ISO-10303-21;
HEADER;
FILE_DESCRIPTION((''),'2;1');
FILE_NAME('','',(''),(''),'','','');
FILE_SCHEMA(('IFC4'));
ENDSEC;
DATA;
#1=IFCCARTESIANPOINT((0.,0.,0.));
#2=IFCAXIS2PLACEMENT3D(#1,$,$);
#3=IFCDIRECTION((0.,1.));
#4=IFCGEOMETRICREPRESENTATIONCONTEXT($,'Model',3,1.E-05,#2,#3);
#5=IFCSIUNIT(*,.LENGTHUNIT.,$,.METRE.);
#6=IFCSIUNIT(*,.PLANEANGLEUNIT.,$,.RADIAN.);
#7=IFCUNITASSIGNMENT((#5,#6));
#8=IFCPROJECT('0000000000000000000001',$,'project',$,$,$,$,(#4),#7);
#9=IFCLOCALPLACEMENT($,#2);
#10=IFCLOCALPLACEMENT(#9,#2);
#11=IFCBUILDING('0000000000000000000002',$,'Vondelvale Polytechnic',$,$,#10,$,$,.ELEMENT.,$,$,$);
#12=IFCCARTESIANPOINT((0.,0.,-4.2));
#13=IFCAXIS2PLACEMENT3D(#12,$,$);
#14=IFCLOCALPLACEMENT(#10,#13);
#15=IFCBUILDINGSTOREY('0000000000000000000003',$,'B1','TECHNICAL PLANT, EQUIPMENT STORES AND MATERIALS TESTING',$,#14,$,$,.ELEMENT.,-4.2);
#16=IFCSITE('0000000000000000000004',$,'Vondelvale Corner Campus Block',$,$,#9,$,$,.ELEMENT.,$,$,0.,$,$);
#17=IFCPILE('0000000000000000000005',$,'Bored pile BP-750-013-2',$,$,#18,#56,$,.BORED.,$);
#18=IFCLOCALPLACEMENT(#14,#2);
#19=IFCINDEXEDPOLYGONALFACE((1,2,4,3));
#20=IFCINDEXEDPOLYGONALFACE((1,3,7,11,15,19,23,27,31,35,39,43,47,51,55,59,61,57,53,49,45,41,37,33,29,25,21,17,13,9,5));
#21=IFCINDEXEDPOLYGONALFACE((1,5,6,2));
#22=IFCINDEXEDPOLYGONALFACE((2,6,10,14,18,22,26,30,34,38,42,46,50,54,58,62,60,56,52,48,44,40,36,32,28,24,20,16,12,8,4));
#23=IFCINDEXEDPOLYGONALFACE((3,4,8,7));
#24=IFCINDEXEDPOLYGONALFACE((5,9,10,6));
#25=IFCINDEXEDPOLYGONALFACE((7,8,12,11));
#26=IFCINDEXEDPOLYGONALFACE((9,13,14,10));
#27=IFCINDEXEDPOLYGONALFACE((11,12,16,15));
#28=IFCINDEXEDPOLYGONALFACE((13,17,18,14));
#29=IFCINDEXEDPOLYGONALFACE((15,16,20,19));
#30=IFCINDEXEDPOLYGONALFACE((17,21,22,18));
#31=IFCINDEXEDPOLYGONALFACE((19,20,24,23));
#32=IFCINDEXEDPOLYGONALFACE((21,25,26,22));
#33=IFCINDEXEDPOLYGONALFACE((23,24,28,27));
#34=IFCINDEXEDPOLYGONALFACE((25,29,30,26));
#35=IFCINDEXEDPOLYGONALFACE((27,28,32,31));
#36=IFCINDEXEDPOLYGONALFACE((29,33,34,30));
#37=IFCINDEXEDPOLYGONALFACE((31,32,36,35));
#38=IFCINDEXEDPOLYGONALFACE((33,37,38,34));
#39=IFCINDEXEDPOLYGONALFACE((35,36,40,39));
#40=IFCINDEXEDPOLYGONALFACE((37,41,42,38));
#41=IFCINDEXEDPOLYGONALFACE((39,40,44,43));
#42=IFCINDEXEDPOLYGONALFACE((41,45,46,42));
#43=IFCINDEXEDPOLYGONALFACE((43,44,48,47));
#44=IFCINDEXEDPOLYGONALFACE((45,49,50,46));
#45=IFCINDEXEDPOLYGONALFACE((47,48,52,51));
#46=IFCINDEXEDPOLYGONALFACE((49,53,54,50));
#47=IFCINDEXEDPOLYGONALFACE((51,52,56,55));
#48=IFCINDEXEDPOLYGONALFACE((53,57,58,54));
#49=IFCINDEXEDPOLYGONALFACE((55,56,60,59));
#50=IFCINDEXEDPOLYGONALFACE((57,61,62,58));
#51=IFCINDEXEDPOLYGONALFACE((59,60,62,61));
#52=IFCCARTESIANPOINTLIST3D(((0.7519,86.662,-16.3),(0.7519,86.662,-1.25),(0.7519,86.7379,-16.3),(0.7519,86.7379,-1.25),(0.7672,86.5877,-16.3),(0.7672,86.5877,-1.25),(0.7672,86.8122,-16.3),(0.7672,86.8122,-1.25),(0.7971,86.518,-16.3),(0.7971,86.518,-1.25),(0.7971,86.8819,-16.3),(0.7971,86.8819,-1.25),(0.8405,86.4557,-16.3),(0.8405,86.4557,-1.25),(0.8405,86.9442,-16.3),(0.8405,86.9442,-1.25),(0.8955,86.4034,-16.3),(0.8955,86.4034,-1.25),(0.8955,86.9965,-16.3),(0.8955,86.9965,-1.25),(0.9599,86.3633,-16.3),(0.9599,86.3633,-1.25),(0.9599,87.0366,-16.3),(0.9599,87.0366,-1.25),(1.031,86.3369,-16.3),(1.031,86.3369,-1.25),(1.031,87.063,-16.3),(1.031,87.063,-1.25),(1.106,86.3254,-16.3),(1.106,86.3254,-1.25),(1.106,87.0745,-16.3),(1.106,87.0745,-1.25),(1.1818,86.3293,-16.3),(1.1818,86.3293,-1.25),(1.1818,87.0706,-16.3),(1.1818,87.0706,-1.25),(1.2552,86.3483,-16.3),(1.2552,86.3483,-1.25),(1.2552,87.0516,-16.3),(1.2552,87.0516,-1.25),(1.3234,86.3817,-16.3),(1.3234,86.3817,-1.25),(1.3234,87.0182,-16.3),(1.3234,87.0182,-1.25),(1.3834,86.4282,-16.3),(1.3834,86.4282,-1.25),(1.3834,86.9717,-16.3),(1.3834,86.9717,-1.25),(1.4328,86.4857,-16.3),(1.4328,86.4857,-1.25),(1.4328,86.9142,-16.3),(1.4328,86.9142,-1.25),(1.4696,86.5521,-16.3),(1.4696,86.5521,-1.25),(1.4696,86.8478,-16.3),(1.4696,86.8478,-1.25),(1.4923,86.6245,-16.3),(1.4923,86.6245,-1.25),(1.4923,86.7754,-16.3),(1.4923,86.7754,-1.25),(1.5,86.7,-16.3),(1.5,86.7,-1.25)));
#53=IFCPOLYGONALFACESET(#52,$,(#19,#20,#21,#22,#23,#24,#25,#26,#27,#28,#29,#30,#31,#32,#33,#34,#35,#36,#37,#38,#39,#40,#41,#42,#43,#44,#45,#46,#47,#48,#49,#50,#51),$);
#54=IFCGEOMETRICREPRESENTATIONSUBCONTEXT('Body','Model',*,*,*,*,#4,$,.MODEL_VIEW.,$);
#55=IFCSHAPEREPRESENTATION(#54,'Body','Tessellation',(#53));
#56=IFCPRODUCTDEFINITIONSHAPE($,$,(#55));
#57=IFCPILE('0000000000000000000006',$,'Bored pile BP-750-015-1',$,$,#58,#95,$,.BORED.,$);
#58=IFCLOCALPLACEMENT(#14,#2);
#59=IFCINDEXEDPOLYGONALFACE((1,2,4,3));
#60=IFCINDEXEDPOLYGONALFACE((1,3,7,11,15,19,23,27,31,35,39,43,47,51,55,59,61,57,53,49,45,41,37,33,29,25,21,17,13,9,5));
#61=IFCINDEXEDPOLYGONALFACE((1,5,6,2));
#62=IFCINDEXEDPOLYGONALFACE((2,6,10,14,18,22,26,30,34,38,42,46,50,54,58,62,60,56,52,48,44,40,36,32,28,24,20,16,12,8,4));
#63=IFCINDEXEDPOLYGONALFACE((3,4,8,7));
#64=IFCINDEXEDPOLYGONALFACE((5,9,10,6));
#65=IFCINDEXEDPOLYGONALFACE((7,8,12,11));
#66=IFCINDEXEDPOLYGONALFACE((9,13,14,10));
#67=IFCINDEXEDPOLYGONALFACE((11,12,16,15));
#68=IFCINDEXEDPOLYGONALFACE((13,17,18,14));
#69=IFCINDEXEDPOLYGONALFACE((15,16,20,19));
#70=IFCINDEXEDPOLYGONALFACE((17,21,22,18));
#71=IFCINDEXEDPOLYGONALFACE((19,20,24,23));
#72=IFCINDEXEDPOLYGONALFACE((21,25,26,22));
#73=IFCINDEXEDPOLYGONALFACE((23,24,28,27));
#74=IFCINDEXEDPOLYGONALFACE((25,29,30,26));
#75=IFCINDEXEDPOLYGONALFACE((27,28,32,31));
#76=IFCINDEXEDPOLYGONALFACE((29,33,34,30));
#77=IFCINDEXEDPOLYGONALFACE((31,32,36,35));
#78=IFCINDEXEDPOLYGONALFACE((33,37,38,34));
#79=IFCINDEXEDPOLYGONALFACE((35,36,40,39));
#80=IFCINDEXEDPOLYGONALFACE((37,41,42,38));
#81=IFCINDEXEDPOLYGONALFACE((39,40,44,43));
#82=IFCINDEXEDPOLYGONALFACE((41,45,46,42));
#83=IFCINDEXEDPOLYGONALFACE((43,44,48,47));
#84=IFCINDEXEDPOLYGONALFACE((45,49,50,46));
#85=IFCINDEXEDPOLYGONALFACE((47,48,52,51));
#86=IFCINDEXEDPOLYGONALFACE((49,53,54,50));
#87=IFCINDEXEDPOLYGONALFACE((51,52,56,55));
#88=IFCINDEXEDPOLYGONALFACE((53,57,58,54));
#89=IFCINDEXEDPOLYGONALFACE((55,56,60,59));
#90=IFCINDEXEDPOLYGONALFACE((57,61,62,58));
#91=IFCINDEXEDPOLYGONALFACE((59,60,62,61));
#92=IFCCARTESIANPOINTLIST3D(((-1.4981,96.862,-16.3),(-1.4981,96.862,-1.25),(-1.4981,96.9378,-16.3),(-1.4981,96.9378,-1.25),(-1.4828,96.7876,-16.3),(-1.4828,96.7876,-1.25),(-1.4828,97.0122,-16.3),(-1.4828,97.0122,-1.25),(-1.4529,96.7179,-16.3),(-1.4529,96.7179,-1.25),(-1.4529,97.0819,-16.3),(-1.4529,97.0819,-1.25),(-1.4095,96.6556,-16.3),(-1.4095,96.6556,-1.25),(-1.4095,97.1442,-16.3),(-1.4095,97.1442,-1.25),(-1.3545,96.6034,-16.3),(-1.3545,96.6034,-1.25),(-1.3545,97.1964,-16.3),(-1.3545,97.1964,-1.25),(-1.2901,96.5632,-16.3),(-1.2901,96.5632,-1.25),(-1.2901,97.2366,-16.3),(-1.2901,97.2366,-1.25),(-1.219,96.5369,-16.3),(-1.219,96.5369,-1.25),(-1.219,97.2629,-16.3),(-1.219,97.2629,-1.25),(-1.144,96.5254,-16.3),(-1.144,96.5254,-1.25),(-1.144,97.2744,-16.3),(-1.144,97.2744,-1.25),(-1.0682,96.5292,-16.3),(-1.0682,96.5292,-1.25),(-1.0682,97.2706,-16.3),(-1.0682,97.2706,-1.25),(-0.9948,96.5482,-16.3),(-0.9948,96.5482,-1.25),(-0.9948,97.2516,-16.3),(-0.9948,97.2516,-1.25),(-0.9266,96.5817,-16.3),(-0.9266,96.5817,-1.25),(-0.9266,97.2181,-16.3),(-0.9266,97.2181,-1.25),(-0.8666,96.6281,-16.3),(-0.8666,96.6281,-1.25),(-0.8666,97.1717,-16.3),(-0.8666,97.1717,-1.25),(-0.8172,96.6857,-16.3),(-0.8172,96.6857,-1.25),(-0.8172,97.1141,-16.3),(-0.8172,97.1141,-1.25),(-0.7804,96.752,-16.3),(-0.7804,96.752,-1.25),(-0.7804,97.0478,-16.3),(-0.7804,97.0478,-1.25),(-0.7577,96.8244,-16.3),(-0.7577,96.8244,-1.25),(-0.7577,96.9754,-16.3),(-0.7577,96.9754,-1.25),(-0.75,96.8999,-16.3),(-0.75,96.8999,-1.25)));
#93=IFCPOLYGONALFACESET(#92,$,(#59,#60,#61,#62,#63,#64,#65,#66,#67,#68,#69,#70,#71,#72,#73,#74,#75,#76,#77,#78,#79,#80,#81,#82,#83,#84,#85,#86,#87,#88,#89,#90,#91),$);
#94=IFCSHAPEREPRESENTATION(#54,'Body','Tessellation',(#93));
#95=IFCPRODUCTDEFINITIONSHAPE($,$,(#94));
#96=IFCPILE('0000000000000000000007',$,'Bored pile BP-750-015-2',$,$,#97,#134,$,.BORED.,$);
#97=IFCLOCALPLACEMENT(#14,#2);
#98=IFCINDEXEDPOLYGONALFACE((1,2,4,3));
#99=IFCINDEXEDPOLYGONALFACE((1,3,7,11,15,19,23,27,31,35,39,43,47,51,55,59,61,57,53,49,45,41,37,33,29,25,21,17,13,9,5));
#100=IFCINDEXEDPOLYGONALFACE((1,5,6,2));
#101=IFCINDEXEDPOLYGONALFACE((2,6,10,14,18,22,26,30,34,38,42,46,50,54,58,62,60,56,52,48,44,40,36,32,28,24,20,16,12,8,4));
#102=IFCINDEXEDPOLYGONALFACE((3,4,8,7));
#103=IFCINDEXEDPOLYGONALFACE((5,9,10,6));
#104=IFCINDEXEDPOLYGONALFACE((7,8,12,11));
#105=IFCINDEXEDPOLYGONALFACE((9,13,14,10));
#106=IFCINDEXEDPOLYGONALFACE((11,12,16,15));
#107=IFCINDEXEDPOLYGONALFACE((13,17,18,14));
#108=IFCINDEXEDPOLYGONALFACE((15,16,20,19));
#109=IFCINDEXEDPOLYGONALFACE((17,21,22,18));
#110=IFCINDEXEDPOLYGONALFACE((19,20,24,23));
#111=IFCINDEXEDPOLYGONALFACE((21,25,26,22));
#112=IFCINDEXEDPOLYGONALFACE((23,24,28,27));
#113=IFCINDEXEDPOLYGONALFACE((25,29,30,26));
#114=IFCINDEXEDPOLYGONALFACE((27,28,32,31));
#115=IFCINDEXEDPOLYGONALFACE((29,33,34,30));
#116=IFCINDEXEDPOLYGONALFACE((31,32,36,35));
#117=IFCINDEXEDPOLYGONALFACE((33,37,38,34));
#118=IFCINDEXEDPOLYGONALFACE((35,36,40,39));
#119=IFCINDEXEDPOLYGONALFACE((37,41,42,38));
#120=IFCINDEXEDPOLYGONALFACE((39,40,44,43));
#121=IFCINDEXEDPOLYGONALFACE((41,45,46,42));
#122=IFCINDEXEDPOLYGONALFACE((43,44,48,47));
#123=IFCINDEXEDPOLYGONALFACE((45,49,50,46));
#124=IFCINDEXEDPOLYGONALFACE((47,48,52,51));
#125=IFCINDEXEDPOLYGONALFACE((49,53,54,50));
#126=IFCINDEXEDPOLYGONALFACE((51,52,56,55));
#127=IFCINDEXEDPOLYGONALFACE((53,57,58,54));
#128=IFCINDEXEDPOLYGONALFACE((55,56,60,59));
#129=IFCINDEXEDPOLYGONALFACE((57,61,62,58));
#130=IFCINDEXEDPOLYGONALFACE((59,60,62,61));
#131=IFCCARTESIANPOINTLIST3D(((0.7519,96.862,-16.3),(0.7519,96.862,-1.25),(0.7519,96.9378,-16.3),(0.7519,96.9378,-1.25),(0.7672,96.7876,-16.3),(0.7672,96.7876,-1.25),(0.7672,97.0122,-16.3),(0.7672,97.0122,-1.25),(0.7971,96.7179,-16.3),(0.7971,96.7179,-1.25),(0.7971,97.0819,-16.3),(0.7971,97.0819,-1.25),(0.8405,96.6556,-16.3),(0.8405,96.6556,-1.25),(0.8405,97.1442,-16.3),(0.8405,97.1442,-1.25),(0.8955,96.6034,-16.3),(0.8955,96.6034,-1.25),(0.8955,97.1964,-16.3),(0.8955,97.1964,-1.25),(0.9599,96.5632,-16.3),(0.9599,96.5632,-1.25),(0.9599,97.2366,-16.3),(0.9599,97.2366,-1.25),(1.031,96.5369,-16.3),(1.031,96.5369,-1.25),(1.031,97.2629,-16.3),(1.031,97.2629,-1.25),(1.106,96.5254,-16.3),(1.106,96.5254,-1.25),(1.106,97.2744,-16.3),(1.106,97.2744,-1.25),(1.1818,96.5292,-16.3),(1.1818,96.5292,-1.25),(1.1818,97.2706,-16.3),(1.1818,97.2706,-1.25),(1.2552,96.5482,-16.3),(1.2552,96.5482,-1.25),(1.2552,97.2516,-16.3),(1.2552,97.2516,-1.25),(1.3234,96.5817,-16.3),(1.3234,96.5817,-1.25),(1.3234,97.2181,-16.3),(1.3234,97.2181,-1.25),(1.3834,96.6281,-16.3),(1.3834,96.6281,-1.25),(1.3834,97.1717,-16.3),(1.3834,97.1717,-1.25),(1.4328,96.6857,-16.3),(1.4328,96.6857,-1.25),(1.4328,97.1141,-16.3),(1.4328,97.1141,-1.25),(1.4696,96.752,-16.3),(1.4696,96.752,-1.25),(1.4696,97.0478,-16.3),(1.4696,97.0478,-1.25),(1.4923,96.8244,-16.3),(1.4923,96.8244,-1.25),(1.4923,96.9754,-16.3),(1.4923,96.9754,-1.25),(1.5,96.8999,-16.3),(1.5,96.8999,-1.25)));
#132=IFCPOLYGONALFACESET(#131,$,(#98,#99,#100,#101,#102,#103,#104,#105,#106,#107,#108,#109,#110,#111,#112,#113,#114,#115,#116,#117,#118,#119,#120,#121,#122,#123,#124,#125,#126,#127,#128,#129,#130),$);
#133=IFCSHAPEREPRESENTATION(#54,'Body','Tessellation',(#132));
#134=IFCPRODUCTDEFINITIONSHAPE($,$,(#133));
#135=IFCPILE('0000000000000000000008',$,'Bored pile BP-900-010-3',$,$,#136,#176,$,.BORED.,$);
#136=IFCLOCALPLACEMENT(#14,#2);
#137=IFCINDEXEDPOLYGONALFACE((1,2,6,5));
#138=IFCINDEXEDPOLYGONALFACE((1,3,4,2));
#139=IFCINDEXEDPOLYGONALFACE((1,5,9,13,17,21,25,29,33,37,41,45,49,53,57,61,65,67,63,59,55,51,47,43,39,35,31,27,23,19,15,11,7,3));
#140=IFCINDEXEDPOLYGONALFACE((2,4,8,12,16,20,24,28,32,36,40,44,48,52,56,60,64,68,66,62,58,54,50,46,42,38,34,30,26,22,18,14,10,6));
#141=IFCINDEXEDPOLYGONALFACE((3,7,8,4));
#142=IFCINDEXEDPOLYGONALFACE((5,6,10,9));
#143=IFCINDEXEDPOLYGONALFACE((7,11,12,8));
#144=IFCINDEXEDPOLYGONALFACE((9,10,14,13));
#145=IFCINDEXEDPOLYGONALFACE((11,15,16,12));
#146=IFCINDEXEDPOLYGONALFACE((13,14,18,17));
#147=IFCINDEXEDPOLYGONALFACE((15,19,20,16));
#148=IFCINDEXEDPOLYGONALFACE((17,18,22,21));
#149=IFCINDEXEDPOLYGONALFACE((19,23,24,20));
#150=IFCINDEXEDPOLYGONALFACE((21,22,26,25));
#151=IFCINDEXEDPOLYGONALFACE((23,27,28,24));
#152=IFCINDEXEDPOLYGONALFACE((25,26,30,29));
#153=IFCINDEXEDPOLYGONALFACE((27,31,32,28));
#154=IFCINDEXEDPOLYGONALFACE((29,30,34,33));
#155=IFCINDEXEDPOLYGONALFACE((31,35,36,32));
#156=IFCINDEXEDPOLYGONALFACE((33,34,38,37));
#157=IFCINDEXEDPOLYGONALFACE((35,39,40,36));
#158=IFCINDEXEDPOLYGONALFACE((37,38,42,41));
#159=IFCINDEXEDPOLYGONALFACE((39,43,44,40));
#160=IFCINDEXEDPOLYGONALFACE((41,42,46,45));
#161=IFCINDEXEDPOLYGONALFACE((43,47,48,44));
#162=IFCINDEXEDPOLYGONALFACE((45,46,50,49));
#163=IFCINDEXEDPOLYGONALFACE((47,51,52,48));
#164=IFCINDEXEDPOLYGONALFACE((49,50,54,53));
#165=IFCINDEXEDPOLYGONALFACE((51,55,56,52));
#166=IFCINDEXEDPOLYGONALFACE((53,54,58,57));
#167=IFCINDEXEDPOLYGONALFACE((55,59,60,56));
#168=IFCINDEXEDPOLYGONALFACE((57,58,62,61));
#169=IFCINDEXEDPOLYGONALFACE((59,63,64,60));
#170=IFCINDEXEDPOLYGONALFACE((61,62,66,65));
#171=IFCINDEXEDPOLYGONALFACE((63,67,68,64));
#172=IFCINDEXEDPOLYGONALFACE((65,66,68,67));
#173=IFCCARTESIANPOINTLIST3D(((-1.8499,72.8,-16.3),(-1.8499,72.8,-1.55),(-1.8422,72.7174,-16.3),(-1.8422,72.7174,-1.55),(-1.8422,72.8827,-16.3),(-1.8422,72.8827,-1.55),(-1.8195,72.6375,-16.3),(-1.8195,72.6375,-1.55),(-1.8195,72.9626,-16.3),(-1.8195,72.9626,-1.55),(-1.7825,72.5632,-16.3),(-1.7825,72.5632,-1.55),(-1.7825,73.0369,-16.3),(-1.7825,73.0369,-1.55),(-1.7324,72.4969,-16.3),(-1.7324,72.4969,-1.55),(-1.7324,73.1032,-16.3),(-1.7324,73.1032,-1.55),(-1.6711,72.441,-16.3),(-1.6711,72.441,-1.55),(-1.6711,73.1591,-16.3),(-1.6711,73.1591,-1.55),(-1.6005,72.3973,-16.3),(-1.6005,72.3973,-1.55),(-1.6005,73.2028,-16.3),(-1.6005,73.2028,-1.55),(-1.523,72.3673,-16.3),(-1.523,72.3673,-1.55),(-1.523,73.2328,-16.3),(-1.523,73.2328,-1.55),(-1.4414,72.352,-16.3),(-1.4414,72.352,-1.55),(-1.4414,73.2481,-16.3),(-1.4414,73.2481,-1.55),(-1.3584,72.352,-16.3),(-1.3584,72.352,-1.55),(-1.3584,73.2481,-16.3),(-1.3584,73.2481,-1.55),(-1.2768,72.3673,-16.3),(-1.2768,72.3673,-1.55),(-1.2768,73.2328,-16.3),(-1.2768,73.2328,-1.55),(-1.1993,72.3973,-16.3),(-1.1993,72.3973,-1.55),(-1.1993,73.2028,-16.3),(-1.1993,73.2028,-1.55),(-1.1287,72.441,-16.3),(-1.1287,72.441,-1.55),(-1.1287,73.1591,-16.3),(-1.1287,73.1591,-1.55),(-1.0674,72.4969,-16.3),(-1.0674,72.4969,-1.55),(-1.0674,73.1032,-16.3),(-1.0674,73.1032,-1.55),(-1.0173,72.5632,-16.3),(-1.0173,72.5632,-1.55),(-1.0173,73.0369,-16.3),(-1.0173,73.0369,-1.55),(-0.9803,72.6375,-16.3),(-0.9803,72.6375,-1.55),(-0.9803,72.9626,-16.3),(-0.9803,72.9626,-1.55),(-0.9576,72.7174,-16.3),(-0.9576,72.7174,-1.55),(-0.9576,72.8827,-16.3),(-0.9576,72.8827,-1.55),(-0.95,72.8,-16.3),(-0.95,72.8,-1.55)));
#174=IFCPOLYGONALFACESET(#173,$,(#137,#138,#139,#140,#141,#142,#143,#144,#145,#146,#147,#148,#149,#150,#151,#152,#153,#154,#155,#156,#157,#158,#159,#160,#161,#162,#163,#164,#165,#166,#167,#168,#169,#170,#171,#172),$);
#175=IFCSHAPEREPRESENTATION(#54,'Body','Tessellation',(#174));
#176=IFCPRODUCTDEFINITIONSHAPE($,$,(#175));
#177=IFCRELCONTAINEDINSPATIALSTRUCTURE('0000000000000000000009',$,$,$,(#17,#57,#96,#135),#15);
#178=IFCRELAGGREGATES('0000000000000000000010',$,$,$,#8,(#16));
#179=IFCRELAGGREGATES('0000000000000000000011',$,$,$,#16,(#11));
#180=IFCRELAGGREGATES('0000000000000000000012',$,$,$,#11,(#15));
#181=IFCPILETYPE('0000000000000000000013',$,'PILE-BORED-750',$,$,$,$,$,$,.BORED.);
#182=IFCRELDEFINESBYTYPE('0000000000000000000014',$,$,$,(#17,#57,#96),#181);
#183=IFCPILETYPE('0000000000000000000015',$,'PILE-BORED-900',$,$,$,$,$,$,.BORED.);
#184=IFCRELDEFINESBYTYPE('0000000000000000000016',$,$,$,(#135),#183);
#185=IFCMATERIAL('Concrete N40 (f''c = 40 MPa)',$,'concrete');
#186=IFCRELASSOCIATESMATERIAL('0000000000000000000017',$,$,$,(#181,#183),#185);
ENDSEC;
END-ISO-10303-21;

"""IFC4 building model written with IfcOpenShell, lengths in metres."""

from ifc_helpers import new_model, si_unit, direction, frame, origin, origin_2d, place, context, subcontext, project, spatial, circle, extrude, material, material_profile, profile_set, type_object, element, save


model = new_model("IFC4")

# Units and contexts
model_context = context("Model", 3, precision=1e-05, world=origin(), true_north=direction((0.0, 1.0)))
body_context = subcontext(model_context, "Body", "Model", "MODEL_VIEW")
ifc_project = project(units=[si_unit("LENGTHUNIT", "METRE"), si_unit("PLANEANGLEUNIT", "RADIAN")], contexts=[model_context])

# Site, building, storey
site_placement = place(None, origin())
site = spatial("IfcSite", under=ifc_project, at=site_placement, Name="Vondelvale Corner Campus Block", CompositionType="ELEMENT", RefElevation=0.0)
building_placement = place(site_placement, origin())
building = spatial("IfcBuilding", under=site, at=building_placement, Name="Vondelvale Polytechnic", CompositionType="ELEMENT")
storey_placement = place(building_placement, frame((0.0, 0.0, -4.2)))
storey = spatial("IfcBuildingStorey", under=building, at=storey_placement, Name="B1", Description="TECHNICAL PLANT, EQUIPMENT STORES AND MATERIALS TESTING", CompositionType="ELEMENT", Elevation=-4.2)

# Shared definitions
ifc_material_1 = material(Name="Concrete N40 (f'c = 40 MPa)", Category="concrete")

# Piles
ifc_material_profile_1 = material_profile(ifc_material_1, circle(Radius=0.375, at=origin_2d()), Name="PILE-D750")
ifc_profile_set_1 = profile_set([ifc_material_profile_1], Name="Concrete N40 (f'c = 40 MPa)")
pile_type_1 = type_object("IfcPileType", Name="PILE-BORED-750", PredefinedType="BORED", material=ifc_profile_set_1)
for number, where, z_axis, x_axis, name in (
    (1, (1.125, 86.7, -1.25), (0.0, 0.0, -1.0), (1.0, 0.0, 0.0), "Bored pile BP-750-013-2"),
    (2, (-1.125, 96.8999, -1.25), (0.0, 0.0, -1.0), (1.0, 0.0, 0.0), "Bored pile BP-750-015-1"),
    (3, (1.125, 96.8999, -1.25), (0.0, 0.0, -1.0), (1.0, 0.0, 0.0), "Bored pile BP-750-015-2"),
):
    element("IfcPile", number, at=place(storey_placement, frame(where, z_axis=z_axis, x_axis=x_axis)), inside=storey, type_object=pile_type_1, Name=name, PredefinedType="BORED", context=body_context, shape_type="SweptSolid", body=[
        extrude(circle(Radius=0.375, at=origin_2d()), origin(), (0.0, 0.0, 1.0), 15.05),
    ])
ifc_material_profile_2 = material_profile(ifc_material_1, circle(Radius=0.45, at=origin_2d()), Name="PILE-D900")
ifc_profile_set_2 = profile_set([ifc_material_profile_2], Name="Concrete N40 (f'c = 40 MPa)")
pile_type_2 = type_object("IfcPileType", Name="PILE-BORED-900", PredefinedType="BORED", material=ifc_profile_set_2)
for number, where, z_axis, x_axis, name in (
    (4, (-1.3999, 72.8, -1.55), (0.0, 0.0, -1.0), (1.0, 0.0, 0.0), "Bored pile BP-900-010-3"),
):
    element("IfcPile", number, at=place(storey_placement, frame(where, z_axis=z_axis, x_axis=x_axis)), inside=storey, type_object=pile_type_2, Name=name, PredefinedType="BORED", context=body_context, shape_type="SweptSolid", body=[
        extrude(circle(Radius=0.45, at=origin_2d()), origin(), (0.0, 0.0, 1.0), 14.75),
    ])

save(model, "model.ifc")
